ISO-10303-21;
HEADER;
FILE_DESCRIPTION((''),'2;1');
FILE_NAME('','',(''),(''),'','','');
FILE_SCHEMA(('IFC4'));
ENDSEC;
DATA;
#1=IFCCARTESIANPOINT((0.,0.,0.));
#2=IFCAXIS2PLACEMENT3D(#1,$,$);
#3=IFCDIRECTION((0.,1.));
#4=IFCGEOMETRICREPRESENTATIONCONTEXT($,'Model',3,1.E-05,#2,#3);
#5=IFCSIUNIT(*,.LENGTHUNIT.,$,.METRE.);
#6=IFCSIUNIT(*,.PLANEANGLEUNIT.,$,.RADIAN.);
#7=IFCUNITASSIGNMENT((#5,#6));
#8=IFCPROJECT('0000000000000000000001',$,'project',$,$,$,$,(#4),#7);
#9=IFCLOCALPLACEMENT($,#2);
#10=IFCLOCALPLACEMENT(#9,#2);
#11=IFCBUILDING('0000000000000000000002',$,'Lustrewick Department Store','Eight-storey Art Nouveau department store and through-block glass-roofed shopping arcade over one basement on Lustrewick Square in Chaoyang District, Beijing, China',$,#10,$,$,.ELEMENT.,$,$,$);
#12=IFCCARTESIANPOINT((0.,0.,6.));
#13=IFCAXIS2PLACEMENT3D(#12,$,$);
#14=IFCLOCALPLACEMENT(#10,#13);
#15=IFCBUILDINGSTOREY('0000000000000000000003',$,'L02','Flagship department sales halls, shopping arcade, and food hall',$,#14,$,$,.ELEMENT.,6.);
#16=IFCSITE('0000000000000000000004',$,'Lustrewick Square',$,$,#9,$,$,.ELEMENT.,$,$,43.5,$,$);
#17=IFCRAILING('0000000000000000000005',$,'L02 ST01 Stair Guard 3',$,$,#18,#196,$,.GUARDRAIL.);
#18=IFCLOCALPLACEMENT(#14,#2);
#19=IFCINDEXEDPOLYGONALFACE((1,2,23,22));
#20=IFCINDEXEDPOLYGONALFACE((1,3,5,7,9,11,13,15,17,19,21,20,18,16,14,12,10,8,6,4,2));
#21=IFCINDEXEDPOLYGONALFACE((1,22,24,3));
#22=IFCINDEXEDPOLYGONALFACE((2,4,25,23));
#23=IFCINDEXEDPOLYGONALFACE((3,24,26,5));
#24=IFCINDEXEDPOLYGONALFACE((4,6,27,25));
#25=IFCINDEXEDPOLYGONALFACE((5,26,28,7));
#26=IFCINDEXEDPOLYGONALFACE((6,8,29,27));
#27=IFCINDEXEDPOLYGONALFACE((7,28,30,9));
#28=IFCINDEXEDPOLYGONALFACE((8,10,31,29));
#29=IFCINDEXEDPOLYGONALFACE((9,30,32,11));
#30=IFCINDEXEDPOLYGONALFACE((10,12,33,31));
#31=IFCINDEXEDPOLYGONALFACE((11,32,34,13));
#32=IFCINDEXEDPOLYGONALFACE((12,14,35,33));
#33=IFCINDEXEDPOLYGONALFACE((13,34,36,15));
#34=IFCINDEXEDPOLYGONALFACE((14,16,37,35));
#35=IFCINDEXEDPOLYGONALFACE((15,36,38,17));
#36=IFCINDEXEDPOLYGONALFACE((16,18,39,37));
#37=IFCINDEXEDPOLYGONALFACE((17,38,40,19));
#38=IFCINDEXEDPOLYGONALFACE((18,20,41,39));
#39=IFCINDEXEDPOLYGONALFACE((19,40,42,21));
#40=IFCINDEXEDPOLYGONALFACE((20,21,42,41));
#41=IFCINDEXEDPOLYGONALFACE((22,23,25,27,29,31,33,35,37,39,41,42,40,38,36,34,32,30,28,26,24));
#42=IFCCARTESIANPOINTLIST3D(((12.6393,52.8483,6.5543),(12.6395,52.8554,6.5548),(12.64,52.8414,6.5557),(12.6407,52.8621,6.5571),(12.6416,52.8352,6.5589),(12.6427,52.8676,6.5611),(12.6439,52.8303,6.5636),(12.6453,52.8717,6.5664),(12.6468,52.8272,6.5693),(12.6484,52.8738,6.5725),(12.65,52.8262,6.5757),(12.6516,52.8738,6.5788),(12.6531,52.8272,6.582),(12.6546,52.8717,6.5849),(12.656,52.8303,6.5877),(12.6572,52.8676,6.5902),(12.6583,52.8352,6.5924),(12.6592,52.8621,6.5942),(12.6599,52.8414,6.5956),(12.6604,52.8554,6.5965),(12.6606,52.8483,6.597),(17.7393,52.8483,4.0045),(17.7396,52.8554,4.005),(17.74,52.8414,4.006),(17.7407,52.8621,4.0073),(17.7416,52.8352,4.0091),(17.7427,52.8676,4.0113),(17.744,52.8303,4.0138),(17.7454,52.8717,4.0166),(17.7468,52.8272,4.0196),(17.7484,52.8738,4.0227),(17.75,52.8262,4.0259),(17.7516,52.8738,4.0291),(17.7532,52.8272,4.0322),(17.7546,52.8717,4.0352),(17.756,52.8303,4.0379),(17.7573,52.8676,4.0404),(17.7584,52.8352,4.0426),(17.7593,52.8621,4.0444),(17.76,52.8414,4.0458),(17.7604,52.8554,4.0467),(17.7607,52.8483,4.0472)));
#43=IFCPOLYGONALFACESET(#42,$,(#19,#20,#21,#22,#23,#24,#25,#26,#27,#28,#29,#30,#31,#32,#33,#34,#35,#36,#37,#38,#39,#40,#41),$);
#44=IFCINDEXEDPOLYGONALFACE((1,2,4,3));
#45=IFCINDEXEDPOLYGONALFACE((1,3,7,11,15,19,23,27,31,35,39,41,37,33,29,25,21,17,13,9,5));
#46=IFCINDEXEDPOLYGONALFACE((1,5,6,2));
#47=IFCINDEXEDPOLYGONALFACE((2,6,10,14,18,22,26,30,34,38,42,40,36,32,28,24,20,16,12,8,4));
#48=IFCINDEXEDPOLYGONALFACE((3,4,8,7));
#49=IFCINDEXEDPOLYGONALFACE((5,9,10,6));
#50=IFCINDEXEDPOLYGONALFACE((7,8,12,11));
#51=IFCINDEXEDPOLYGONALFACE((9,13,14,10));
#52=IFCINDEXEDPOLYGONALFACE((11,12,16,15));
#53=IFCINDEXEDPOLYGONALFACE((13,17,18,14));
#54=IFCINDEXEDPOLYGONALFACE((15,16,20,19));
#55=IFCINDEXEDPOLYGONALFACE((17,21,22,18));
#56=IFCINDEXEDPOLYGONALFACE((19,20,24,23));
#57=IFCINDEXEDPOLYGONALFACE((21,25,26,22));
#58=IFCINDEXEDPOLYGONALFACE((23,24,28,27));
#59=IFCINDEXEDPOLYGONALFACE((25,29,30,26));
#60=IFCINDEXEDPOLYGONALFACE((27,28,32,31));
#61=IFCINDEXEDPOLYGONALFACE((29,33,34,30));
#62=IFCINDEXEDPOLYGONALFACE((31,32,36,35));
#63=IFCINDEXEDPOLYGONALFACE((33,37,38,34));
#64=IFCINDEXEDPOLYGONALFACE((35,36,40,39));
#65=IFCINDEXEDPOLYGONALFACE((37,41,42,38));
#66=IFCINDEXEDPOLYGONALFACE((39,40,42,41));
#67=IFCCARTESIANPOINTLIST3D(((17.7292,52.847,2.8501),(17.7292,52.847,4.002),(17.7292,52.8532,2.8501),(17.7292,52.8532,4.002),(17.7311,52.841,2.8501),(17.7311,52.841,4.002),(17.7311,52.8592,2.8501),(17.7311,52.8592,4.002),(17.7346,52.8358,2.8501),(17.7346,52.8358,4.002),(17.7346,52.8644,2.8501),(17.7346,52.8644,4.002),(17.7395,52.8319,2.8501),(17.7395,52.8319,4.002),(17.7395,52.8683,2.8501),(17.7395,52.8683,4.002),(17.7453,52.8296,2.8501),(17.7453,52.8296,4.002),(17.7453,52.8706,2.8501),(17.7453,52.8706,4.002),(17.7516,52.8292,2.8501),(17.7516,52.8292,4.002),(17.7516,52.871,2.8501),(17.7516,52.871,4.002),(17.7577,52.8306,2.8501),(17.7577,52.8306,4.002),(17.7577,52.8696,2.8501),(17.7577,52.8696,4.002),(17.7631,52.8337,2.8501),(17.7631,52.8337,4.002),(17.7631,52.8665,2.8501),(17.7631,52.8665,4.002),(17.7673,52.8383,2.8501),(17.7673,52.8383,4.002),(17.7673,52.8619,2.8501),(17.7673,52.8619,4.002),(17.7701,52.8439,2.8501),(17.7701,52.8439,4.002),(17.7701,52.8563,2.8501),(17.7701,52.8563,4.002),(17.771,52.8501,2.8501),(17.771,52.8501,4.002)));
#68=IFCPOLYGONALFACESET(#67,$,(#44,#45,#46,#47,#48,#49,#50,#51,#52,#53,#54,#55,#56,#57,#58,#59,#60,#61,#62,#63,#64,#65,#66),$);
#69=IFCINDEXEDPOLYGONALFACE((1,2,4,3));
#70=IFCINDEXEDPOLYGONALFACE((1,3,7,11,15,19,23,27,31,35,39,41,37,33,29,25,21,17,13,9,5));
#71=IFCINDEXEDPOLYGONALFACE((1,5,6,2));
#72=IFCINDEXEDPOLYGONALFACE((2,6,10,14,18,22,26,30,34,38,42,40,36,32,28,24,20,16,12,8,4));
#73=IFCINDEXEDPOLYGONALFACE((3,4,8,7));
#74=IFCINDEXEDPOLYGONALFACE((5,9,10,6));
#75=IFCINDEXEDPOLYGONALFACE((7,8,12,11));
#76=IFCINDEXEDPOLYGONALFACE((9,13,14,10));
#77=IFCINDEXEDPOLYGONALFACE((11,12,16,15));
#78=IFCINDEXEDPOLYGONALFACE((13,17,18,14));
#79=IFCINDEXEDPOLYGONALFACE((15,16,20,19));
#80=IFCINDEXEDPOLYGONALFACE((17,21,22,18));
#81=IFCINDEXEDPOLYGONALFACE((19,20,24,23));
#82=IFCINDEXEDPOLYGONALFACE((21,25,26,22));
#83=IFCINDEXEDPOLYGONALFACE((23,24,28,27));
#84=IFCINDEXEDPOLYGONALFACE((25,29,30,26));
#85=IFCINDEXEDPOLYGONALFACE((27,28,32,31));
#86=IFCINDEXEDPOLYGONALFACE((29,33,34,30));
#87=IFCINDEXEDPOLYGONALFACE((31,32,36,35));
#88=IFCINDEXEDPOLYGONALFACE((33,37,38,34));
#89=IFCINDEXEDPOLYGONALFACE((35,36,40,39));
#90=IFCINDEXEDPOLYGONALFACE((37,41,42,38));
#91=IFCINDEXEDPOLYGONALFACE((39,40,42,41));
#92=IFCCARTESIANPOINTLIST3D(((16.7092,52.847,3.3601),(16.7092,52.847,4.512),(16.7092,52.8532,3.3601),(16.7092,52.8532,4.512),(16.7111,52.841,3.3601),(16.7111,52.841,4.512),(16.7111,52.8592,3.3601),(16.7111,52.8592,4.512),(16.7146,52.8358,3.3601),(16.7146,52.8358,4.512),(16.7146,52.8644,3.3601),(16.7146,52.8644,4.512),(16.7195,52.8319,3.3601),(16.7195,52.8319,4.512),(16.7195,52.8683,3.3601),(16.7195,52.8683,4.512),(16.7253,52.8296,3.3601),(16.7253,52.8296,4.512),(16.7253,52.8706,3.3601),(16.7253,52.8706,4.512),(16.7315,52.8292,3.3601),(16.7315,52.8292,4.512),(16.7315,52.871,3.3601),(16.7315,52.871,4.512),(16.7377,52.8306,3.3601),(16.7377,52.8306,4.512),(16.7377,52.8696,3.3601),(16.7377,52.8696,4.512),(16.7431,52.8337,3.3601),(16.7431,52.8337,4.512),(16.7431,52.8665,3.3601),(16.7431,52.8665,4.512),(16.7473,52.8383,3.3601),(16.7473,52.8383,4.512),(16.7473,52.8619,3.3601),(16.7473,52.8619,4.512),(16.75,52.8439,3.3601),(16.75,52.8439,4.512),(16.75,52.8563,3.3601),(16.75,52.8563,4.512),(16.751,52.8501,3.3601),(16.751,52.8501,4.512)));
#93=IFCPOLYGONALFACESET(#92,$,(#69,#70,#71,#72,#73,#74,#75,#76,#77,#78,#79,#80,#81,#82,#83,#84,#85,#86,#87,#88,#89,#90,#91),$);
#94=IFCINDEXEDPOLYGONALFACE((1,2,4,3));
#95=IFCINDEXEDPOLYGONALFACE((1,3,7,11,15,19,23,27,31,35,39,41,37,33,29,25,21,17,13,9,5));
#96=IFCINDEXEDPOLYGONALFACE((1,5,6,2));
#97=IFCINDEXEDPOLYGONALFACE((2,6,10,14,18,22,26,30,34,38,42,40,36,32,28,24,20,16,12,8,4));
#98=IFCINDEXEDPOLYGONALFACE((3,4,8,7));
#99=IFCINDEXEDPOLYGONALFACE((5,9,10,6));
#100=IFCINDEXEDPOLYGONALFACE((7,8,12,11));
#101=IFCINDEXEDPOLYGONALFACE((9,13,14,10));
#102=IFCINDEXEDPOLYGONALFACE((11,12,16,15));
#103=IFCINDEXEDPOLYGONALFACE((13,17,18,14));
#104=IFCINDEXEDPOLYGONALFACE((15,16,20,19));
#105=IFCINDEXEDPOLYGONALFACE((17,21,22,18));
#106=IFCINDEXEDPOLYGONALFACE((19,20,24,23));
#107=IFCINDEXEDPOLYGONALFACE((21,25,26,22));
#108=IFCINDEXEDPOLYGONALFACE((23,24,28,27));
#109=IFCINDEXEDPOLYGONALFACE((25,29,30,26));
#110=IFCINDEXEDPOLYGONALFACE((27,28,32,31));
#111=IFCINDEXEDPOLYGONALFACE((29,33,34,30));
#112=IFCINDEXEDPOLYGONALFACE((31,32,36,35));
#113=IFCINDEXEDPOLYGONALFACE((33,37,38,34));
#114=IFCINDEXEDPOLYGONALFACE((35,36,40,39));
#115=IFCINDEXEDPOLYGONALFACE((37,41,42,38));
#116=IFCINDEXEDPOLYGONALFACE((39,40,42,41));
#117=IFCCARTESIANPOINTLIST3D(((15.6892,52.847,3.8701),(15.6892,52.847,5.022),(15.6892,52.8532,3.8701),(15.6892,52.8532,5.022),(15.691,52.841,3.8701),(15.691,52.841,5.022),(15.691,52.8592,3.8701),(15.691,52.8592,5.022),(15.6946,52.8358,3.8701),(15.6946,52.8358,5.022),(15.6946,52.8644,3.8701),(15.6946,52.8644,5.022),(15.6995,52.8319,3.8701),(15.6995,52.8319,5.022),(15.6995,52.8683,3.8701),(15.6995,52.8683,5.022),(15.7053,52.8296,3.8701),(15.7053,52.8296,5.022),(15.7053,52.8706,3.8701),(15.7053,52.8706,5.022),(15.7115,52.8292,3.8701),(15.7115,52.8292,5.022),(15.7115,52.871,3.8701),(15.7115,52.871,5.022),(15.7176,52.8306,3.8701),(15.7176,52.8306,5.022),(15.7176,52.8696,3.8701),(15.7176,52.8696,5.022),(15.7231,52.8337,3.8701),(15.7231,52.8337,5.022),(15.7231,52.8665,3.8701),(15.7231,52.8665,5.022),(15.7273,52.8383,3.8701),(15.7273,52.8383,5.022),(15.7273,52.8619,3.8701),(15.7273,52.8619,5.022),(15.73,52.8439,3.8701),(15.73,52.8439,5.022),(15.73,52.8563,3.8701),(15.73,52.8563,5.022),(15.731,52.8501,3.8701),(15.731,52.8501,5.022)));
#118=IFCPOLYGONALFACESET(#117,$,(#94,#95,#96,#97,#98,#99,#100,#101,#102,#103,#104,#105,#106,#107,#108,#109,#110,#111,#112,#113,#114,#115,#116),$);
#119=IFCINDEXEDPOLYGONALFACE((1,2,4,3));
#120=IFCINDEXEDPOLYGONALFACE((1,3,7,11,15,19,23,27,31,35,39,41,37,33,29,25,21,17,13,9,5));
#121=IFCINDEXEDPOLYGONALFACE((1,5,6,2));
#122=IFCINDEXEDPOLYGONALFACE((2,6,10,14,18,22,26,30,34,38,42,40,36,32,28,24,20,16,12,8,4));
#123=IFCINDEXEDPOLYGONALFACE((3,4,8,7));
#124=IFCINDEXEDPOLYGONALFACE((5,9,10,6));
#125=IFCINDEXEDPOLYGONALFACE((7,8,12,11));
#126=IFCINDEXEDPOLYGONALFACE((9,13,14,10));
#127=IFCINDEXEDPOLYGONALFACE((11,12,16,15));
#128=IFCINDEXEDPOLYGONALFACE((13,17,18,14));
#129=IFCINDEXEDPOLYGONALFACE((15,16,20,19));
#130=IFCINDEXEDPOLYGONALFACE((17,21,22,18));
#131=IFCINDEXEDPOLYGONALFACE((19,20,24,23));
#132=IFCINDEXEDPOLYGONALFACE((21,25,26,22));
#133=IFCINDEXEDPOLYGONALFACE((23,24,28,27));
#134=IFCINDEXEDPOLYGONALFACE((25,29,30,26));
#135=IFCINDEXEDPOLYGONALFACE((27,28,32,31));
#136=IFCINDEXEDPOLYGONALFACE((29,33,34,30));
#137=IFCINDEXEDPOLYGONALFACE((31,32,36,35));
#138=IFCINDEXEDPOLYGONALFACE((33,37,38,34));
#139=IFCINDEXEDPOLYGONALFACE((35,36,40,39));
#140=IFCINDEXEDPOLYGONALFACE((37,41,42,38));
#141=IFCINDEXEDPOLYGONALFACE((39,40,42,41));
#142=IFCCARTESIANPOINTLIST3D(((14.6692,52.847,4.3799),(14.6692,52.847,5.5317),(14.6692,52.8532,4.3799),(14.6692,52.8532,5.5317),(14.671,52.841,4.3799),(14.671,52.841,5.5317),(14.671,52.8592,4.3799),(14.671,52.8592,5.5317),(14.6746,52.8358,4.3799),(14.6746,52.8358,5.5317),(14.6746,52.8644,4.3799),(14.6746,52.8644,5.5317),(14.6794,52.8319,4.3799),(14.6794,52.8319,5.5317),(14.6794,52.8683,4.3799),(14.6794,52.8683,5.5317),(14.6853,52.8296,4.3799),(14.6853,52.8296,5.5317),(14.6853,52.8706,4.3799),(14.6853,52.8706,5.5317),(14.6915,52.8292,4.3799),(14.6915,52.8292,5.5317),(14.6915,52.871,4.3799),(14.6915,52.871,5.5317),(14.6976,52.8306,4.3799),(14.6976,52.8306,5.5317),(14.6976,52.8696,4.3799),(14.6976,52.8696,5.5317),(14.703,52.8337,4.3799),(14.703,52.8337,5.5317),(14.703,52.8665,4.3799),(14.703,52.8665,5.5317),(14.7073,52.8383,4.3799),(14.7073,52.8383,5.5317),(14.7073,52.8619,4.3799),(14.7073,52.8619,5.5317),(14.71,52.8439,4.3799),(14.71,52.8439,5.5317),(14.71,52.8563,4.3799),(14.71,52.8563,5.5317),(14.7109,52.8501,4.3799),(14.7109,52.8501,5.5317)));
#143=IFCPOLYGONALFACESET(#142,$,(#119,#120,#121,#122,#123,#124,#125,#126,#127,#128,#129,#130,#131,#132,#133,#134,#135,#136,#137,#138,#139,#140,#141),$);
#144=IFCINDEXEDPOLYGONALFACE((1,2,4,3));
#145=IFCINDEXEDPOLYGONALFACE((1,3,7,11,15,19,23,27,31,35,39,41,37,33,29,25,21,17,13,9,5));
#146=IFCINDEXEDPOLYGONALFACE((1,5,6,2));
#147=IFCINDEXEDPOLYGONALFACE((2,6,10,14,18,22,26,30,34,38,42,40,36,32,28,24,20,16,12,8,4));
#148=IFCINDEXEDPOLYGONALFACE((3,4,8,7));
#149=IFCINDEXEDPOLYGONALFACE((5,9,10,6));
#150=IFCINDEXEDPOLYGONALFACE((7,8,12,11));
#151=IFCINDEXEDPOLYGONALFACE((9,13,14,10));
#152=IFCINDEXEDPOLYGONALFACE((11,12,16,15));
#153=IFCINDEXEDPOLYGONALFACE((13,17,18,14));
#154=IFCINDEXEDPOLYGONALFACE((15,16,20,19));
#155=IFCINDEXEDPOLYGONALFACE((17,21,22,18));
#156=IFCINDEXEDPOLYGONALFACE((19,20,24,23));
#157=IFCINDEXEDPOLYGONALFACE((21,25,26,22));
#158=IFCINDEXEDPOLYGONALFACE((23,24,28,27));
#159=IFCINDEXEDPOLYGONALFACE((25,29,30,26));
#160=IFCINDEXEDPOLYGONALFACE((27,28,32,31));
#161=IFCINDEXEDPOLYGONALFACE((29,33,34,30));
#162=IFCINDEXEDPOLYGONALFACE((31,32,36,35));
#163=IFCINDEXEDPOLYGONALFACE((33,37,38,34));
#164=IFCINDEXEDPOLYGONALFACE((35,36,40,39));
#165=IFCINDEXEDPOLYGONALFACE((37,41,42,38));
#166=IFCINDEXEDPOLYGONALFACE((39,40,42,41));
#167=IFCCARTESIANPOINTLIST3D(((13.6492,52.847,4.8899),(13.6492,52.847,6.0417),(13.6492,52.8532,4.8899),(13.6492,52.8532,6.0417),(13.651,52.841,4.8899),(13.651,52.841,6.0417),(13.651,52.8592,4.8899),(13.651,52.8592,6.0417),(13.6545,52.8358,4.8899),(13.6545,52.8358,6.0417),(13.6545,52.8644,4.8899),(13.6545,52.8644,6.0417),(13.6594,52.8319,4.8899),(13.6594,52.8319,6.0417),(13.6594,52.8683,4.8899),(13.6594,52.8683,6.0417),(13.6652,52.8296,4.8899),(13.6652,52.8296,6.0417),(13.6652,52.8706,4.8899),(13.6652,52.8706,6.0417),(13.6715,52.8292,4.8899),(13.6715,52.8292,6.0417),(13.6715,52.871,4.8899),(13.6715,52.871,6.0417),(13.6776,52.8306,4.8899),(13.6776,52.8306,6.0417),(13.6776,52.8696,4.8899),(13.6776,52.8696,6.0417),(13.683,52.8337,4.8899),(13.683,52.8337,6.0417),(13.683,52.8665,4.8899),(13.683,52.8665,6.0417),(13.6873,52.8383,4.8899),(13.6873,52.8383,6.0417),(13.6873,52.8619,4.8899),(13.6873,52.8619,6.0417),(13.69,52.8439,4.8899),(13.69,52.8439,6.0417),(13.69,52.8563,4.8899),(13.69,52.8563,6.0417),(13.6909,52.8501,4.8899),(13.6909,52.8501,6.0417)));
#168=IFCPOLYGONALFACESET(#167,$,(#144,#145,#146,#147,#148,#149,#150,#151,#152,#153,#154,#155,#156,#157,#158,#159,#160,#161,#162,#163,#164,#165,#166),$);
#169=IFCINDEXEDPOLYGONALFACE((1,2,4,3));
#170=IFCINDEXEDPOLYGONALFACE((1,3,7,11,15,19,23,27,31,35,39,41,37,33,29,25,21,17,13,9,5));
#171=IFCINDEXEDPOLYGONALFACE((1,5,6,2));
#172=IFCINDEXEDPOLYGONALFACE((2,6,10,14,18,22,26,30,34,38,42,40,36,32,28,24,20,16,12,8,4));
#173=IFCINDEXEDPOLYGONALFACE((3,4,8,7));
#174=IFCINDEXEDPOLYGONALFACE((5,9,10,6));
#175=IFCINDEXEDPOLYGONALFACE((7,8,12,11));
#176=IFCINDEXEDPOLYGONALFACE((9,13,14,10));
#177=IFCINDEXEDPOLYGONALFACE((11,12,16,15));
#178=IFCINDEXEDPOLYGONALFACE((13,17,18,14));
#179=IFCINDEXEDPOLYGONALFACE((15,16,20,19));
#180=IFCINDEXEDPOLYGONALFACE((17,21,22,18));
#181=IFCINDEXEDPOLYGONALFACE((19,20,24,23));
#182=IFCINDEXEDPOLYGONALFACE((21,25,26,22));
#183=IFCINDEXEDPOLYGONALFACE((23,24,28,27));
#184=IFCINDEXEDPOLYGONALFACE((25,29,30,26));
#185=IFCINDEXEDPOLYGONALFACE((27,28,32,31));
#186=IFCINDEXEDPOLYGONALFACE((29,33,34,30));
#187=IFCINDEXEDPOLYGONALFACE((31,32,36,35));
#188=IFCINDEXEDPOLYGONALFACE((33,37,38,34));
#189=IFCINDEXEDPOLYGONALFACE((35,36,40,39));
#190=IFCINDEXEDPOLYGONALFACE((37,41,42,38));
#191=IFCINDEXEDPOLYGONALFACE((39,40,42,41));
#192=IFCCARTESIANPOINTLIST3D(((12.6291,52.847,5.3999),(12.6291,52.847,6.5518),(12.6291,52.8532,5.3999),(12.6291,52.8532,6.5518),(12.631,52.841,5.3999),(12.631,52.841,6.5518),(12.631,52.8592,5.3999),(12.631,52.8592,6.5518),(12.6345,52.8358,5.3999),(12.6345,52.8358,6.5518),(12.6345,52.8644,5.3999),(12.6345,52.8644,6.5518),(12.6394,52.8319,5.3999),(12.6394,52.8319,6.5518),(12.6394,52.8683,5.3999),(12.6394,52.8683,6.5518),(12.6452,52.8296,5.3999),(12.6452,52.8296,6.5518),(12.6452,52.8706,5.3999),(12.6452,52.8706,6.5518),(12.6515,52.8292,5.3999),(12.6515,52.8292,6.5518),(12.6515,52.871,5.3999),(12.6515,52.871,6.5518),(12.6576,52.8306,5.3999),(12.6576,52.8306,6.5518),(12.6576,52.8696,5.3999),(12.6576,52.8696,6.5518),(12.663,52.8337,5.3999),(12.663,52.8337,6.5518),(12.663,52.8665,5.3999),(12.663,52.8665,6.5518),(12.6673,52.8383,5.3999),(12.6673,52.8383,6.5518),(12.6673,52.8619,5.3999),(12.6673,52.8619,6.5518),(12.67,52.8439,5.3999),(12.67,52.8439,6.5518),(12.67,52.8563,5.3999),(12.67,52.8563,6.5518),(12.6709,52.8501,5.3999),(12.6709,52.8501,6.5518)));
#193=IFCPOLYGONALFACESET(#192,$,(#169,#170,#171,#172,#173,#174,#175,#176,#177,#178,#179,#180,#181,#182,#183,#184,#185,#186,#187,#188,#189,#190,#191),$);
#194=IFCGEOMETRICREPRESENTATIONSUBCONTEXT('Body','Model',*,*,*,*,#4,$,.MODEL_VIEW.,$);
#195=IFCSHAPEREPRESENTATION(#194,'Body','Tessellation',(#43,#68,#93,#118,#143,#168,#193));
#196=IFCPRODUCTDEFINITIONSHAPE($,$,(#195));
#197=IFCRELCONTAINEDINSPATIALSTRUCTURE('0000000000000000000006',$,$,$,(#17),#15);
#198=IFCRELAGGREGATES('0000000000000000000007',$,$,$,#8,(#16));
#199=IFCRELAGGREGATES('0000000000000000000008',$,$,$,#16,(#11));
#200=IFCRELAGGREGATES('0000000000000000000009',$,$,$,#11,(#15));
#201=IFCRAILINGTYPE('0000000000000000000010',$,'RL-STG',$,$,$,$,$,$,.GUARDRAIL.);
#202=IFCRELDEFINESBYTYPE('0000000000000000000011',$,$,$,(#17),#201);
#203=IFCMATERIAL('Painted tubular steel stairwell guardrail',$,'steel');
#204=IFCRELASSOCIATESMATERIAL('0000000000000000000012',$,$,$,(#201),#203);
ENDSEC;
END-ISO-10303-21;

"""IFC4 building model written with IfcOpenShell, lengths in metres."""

from ifc_helpers import new_model, si_unit, direction, frame, origin, origin_2d, place, context, subcontext, project, spatial, circle, extrude, material, type_object, element, save


model = new_model("IFC4")

# Units and contexts
model_context = context("Model", 3, precision=1e-05, world=origin(), true_north=direction((0.0, 1.0)))
body_context = subcontext(model_context, "Body", "Model", "MODEL_VIEW")
ifc_project = project(units=[si_unit("LENGTHUNIT", "METRE"), si_unit("PLANEANGLEUNIT", "RADIAN")], contexts=[model_context])

# Site, building, storey
site_placement = place(None, origin())
site = spatial("IfcSite", under=ifc_project, at=site_placement, Name="Lustrewick Square", CompositionType="ELEMENT", RefElevation=43.5)
building_placement = place(site_placement, origin())
building = spatial("IfcBuilding", under=site, at=building_placement, Name="Lustrewick Department Store", Description="Eight-storey Art Nouveau department store and through-block glass-roofed shopping arcade over one basement on Lustrewick Square in Chaoyang District, Beijing, China", CompositionType="ELEMENT")
storey_placement = place(building_placement, frame((0.0, 0.0, 6.0)))
storey = spatial("IfcBuildingStorey", under=building, at=storey_placement, Name="L02", Description="Flagship department sales halls, shopping arcade, and food hall", CompositionType="ELEMENT", Elevation=6.0)

# Railing
ifc_material_1 = material(Name="Painted tubular steel stairwell guardrail", Category="steel")
railing_type_1 = type_object("IfcRailingType", Name="RL-STG", PredefinedType="GUARDRAIL", material=ifc_material_1)
railing_1_placement = place(storey_placement, frame((17.75, 52.8501, 2.8501)))
element("IfcRailing", 1, at=railing_1_placement, inside=storey, type_object=railing_type_1, Name="L02 ST01 Stair Guard 3", PredefinedType="GUARDRAIL", context=body_context, shape_type="SweptSolid", body=[
    extrude(circle(Radius=0.0239, at=origin_2d()), frame((0.0, 0.0, 1.1758), z_axis=(-0.894444, 0.0, 0.447179), x_axis=(0.0, -1.0, 0.0)), (0.0, 0.0, 1.0), 5.7019),
    extrude(circle(Radius=0.021, at=origin_2d()), origin(), (0.0, 0.0, 1.0), 1.1519),
    extrude(circle(Radius=0.021, at=origin_2d()), frame((-1.02, 0.0, 0.51)), (0.0, 0.0, 1.0), 1.1519),
    extrude(circle(Radius=0.021, at=origin_2d()), frame((-2.04, 0.0, 1.02)), (0.0, 0.0, 1.0), 1.1519),
    extrude(circle(Radius=0.021, at=origin_2d()), frame((-3.0601, 0.0, 1.5298)), (0.0, 0.0, 1.0), 1.1519),
    extrude(circle(Radius=0.021, at=origin_2d()), frame((-4.0801, 0.0, 2.0398)), (0.0, 0.0, 1.0), 1.1519),
    extrude(circle(Radius=0.021, at=origin_2d()), frame((-5.1001, 0.0, 2.5498)), (0.0, 0.0, 1.0), 1.1519),
])

save(model, "model.ifc")
